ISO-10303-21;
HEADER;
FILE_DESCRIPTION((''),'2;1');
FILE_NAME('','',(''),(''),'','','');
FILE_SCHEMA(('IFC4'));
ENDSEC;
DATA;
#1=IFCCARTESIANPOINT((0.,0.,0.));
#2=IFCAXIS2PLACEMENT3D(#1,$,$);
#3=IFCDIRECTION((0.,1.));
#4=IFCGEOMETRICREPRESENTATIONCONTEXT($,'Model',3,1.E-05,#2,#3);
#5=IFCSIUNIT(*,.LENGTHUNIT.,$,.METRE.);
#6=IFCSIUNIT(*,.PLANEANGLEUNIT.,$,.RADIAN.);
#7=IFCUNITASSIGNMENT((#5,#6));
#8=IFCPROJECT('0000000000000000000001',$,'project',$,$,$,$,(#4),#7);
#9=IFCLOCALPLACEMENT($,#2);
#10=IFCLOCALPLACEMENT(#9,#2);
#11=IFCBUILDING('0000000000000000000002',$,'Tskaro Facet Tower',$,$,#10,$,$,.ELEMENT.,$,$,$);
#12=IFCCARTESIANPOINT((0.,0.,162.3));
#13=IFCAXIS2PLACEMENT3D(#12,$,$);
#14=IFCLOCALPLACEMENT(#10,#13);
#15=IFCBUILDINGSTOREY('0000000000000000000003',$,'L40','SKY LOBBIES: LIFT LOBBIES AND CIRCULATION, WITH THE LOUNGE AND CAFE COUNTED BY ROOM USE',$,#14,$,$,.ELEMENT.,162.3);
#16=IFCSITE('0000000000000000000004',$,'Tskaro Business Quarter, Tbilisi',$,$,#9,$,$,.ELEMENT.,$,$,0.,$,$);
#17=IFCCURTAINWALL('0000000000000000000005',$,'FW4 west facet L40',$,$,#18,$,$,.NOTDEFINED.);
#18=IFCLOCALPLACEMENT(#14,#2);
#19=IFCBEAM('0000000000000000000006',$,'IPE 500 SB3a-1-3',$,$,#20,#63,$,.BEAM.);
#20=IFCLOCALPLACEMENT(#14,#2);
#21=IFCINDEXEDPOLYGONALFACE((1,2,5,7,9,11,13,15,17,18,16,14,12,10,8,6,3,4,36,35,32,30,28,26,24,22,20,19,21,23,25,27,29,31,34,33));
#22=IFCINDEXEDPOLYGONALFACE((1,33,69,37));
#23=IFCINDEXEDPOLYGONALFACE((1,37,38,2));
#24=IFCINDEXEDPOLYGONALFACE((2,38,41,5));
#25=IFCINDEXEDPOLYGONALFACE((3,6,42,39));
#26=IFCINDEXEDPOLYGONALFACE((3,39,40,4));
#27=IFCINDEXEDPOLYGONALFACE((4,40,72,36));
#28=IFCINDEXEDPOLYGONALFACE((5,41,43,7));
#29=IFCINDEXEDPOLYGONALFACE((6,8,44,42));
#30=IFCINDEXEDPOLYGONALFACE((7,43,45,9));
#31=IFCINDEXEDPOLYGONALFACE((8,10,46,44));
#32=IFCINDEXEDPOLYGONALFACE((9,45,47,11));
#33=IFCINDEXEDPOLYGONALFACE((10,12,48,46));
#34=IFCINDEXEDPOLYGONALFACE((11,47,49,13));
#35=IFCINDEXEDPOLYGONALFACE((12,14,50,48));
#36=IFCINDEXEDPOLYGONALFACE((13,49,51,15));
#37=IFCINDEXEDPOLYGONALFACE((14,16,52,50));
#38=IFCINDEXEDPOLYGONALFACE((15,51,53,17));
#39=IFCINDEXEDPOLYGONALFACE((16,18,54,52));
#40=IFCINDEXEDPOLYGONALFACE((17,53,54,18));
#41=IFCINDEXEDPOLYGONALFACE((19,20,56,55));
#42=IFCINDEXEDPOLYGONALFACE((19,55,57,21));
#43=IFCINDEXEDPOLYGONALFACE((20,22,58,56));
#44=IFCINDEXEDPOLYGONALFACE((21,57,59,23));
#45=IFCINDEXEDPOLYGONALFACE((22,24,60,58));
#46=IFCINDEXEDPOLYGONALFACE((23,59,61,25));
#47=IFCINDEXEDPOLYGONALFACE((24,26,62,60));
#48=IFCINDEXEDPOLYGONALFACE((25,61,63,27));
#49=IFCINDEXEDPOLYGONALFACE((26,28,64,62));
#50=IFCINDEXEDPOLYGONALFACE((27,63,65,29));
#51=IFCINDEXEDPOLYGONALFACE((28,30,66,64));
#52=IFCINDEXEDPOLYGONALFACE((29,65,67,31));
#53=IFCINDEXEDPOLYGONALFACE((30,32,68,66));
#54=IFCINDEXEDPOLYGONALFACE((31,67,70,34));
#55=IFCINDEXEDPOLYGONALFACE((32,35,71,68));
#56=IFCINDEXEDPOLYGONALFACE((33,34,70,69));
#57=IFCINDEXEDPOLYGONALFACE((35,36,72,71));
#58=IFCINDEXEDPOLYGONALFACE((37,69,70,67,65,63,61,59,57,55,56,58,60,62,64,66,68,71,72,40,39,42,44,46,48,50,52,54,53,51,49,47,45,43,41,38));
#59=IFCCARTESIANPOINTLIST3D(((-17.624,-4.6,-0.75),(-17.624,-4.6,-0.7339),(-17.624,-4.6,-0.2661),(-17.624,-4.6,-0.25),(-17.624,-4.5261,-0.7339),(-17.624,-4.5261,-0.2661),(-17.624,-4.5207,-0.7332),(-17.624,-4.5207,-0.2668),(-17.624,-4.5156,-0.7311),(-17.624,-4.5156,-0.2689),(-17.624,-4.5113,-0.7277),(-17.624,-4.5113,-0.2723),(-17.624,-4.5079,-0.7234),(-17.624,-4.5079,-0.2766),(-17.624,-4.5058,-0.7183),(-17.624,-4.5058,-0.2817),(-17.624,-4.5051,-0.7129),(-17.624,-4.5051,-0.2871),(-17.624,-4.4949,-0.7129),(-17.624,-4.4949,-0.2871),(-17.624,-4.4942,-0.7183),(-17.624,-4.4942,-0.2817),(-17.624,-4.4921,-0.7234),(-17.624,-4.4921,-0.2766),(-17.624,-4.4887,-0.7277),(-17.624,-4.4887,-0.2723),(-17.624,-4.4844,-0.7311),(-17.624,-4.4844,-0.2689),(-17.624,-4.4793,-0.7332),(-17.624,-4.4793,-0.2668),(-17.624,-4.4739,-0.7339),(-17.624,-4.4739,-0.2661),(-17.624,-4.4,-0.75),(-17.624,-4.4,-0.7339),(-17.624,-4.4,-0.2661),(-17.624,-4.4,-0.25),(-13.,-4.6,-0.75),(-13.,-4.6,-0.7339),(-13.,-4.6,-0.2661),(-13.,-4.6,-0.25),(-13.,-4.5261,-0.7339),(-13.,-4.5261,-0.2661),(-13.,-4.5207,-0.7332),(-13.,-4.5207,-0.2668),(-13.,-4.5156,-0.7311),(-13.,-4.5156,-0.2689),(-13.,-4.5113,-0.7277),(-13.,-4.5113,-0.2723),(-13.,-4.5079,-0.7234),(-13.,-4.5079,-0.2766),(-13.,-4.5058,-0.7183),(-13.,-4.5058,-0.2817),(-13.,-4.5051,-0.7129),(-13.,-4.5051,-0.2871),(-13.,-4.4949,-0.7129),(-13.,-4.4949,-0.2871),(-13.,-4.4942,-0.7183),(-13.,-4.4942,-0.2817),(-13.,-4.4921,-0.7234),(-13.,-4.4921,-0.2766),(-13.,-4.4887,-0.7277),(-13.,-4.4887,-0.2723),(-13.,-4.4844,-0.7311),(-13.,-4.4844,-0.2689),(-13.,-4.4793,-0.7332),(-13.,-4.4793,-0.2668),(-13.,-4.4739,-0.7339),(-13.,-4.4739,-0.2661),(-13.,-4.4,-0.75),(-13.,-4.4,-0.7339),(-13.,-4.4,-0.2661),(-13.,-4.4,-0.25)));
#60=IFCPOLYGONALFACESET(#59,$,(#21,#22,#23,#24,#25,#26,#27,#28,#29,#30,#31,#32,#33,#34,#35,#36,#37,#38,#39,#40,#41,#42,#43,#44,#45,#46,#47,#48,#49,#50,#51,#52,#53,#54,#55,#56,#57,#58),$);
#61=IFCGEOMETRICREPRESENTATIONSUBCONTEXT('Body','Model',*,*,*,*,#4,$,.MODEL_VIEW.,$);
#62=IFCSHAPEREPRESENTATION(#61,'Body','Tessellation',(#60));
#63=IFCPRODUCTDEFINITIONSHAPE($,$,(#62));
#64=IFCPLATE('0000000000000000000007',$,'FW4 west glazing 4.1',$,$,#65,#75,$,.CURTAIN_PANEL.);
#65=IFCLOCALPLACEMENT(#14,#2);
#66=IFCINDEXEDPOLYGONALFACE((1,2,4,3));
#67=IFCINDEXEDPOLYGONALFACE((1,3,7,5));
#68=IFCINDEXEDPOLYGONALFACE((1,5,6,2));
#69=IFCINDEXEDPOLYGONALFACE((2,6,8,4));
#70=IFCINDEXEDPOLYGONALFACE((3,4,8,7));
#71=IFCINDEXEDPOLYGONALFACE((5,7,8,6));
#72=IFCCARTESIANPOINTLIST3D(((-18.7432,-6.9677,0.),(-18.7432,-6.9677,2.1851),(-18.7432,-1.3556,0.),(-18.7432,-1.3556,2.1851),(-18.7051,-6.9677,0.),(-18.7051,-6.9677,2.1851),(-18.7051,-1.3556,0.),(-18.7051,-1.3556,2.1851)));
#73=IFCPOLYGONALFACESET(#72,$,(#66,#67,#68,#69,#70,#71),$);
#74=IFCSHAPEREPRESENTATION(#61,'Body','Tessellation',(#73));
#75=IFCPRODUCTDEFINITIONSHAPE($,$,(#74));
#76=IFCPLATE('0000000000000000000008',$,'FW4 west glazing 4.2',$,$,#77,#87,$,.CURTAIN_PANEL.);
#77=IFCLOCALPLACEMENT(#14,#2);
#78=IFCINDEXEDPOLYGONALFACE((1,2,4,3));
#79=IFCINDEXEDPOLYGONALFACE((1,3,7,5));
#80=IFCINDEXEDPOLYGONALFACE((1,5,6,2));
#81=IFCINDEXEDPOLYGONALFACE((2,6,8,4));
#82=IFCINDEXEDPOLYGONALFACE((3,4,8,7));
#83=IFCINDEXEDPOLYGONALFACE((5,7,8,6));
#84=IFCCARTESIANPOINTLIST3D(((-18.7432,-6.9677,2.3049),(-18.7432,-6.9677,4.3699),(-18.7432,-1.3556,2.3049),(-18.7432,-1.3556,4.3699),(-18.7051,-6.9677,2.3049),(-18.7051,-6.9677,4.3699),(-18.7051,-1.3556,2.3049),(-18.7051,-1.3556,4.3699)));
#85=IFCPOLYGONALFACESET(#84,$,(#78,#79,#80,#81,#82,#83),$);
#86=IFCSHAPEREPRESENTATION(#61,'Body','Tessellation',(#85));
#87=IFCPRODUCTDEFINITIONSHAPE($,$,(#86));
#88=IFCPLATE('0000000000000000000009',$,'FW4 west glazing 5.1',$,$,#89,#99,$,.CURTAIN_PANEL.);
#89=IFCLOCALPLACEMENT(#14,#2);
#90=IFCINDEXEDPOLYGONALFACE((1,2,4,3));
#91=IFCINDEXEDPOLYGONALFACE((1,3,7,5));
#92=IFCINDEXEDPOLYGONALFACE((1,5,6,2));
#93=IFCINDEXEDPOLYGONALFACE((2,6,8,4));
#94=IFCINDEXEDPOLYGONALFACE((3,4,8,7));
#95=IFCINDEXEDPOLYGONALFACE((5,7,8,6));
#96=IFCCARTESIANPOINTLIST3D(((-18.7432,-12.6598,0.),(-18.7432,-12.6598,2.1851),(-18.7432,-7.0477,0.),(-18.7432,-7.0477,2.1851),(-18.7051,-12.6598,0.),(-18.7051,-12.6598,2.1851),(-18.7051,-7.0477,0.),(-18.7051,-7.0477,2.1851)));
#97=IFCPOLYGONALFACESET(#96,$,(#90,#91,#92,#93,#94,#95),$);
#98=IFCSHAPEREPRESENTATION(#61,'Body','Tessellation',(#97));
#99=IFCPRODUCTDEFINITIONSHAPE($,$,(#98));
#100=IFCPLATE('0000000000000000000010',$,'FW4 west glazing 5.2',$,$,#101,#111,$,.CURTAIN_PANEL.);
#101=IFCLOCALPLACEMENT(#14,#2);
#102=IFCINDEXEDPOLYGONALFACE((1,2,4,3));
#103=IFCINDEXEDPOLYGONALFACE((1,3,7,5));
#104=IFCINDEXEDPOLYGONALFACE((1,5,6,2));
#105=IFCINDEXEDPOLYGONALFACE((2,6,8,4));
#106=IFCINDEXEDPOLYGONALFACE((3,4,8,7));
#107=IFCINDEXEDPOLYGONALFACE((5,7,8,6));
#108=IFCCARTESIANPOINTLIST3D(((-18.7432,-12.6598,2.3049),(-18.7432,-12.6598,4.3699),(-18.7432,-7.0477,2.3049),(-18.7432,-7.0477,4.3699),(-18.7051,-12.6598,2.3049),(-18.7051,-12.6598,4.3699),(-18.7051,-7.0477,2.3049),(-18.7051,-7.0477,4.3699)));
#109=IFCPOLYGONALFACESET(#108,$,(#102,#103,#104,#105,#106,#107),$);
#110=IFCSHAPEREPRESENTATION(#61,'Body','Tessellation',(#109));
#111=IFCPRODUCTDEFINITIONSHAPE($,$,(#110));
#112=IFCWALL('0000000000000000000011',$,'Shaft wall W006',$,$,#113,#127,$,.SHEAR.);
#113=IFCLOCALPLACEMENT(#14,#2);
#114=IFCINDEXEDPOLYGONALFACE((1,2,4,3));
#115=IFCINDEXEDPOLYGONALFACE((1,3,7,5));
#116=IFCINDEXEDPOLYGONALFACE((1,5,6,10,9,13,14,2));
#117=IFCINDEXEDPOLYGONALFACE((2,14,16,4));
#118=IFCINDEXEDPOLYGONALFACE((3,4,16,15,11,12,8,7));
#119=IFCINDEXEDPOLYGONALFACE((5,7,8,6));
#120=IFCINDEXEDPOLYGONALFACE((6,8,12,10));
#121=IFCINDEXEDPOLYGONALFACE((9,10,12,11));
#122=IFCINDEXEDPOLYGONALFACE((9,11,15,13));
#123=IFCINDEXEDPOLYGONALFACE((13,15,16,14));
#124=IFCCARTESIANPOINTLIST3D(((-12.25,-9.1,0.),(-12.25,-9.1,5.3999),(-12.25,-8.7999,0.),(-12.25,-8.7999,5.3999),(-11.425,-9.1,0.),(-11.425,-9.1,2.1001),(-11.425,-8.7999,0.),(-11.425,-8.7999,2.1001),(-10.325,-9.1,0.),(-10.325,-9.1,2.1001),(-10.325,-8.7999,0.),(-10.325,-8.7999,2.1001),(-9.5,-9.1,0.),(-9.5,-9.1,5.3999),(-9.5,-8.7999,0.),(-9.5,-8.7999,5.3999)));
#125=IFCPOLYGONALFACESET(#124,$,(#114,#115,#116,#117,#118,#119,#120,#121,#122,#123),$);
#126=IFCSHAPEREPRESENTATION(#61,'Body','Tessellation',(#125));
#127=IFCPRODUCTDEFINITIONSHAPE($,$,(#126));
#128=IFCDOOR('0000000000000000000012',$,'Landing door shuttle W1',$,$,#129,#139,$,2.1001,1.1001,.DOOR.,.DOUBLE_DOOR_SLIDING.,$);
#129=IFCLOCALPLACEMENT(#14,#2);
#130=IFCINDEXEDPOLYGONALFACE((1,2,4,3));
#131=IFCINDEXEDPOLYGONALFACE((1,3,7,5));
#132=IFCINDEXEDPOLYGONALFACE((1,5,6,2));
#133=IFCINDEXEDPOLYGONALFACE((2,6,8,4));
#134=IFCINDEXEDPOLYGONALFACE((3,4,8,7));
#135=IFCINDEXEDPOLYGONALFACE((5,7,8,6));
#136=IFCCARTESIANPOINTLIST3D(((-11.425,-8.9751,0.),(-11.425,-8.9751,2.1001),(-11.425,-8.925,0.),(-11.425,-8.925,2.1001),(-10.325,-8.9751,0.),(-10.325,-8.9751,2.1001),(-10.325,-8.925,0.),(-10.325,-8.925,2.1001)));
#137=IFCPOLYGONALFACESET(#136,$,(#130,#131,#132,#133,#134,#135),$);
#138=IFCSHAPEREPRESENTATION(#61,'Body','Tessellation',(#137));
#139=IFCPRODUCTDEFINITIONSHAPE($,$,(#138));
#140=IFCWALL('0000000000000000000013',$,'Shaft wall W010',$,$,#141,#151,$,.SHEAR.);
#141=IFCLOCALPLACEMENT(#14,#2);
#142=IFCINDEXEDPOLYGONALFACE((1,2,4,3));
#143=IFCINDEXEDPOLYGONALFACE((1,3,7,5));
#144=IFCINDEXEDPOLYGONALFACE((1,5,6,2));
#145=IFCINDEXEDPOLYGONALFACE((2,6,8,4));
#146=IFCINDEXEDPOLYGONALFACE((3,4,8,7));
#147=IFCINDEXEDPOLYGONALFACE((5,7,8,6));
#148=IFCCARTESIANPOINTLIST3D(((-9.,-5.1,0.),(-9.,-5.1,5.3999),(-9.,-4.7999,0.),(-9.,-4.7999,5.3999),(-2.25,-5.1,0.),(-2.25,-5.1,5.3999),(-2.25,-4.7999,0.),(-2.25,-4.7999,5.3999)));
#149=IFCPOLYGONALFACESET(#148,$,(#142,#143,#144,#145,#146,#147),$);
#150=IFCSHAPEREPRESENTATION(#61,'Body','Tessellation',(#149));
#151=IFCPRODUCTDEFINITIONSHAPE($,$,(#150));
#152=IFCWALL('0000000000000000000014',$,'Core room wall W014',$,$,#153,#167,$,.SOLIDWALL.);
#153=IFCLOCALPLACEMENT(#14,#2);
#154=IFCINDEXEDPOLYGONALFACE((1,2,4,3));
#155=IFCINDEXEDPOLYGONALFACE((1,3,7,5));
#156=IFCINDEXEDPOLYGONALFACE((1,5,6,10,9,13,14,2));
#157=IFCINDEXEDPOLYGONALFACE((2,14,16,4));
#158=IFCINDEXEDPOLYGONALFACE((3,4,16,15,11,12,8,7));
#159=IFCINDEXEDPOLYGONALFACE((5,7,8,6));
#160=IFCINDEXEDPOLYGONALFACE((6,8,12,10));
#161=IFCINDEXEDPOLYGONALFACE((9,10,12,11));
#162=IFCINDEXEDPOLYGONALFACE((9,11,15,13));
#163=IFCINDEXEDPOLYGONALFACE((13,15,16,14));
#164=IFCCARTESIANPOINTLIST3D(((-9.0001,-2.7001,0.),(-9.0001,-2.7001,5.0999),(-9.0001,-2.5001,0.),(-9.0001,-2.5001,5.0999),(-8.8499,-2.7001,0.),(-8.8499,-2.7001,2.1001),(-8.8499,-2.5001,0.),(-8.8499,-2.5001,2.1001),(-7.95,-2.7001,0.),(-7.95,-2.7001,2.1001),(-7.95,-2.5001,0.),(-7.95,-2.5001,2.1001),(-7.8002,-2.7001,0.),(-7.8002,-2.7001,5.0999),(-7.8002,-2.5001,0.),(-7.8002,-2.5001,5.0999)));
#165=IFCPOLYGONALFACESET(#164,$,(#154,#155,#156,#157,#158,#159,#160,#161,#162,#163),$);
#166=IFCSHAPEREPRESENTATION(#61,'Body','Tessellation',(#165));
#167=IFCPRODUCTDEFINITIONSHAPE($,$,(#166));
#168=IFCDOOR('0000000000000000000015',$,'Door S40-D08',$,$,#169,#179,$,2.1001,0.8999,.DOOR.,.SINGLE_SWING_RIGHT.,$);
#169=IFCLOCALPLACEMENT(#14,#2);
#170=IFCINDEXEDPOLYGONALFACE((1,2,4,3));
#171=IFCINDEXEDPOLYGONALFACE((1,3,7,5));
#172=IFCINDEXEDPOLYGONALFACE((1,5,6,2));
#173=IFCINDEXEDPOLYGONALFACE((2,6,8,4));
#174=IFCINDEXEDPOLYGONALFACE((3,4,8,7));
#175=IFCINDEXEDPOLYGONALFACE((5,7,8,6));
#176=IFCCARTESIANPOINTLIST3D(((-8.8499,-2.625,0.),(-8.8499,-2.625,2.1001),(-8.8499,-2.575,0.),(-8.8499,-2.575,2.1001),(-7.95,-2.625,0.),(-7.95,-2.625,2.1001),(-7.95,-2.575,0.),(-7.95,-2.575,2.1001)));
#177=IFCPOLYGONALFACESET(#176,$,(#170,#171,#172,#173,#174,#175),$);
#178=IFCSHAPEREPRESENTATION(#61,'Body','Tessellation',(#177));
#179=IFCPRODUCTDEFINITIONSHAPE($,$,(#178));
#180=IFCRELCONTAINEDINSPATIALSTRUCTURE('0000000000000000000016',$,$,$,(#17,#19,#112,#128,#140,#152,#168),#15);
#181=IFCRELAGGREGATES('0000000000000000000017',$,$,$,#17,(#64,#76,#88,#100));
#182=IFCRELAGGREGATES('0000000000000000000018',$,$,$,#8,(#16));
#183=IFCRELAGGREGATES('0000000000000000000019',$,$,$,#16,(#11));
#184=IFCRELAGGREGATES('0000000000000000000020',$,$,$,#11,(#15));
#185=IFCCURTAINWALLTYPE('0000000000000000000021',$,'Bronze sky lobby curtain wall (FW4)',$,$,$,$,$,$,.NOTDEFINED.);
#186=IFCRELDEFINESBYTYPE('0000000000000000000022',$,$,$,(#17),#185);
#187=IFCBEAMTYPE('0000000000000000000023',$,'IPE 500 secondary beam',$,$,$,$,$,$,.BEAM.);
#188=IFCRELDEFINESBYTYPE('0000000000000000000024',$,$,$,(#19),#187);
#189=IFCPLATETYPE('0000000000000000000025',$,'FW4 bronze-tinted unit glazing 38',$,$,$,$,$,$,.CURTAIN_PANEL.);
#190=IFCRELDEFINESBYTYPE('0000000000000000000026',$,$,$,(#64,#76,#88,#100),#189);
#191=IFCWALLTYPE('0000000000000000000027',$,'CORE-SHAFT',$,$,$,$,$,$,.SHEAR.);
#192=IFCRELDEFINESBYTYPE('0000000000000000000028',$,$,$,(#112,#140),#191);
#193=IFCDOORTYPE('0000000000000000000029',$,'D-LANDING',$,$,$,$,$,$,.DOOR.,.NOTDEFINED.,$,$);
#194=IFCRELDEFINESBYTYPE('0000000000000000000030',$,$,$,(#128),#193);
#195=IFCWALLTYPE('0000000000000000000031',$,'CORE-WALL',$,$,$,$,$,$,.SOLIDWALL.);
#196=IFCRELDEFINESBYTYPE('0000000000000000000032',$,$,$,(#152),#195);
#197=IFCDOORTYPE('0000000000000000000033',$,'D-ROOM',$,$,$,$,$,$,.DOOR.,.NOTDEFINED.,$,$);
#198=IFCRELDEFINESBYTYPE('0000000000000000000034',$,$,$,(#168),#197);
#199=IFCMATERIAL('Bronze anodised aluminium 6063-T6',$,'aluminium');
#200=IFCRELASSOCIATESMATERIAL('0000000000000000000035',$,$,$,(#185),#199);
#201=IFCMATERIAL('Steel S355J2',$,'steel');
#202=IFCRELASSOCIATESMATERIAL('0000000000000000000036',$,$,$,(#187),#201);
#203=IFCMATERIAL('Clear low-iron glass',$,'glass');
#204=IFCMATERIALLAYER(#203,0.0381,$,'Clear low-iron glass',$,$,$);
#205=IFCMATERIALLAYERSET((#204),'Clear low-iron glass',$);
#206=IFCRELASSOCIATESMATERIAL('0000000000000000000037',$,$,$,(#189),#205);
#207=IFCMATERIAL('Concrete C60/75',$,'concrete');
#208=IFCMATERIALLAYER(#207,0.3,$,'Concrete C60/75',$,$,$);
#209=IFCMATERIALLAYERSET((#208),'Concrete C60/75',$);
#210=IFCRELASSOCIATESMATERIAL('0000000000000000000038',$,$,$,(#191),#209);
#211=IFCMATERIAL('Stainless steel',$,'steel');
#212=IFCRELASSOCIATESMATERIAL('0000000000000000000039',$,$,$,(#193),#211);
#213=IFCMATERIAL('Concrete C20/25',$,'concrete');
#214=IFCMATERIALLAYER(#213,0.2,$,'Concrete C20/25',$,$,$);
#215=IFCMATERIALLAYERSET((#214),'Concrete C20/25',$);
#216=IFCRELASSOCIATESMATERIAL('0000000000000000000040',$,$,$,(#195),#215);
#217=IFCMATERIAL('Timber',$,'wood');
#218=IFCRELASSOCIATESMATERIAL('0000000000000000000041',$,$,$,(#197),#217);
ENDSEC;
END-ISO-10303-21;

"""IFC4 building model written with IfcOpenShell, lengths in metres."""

from ifc_helpers import new_model, si_unit, direction, frame, frame_2d, origin, origin_2d, place, context, subcontext, project, spatial, rectangle, i_section, extrude, material, layer, layer_set, material_profile, profile_set, type_object, element, fill, aggregate, save


model = new_model("IFC4")

# Units and contexts
model_context = context("Model", 3, precision=1e-05, world=origin(), true_north=direction((0.0, 1.0)))
body_context = subcontext(model_context, "Body", "Model", "MODEL_VIEW")
ifc_project = project(units=[si_unit("LENGTHUNIT", "METRE"), si_unit("PLANEANGLEUNIT", "RADIAN")], contexts=[model_context])

# Site, building, storey
site_placement = place(None, origin())
site = spatial("IfcSite", under=ifc_project, at=site_placement, Name="Tskaro Business Quarter, Tbilisi", CompositionType="ELEMENT", RefElevation=0.0)
building_placement = place(site_placement, origin())
building = spatial("IfcBuilding", under=site, at=building_placement, Name="Tskaro Facet Tower", CompositionType="ELEMENT")
storey_placement = place(building_placement, frame((0.0, 0.0, 162.3)))
storey = spatial("IfcBuildingStorey", under=building, at=storey_placement, Name="L40", Description="SKY LOBBIES: LIFT LOBBIES AND CIRCULATION, WITH THE LOUNGE AND CAFE COUNTED BY ROOM USE", CompositionType="ELEMENT", Elevation=162.3)

# Curtain wall
ifc_material_1 = material(Name="Bronze anodised aluminium 6063-T6", Category="aluminium")
curtain_wall_type = type_object("IfcCurtainWallType", Name="Bronze sky lobby curtain wall (FW4)", PredefinedType="NOTDEFINED", material=ifc_material_1)
curtain_wall_placement = place(storey_placement, origin())
curtain_wall = element("IfcCurtainWall", 1, at=curtain_wall_placement, inside=storey, type_object=curtain_wall_type, Name="FW4 west facet L40", PredefinedType="NOTDEFINED")

# Beam
ifc_material_2 = material(Name="Steel S355J2", Category="steel")
ifc_material_profile_1 = material_profile(ifc_material_2, i_section(OverallWidth=0.2, OverallDepth=0.5, WebThickness=0.0103, FlangeThickness=0.0161, FilletRadius=0.021, at=origin_2d()), Name="IPE 500")
ifc_profile_set_1 = profile_set([ifc_material_profile_1], Name="Steel S355J2")
beam_type_1 = type_object("IfcBeamType", Name="IPE 500 secondary beam", PredefinedType="BEAM", material=ifc_profile_set_1)
beam_1_placement = place(storey_placement, frame((-17.624, -4.5, -0.5), z_axis=(1.0, 0.0, 0.0), x_axis=(0.0, 1.0, 0.0)))
element("IfcBeam", 2, at=beam_1_placement, inside=storey, type_object=beam_type_1, Name="IPE 500 SB3a-1-3", PredefinedType="BEAM", context=body_context, shape_type="SweptSolid", body=[
    extrude(i_section(OverallWidth=0.2, OverallDepth=0.5, WebThickness=0.0103, FlangeThickness=0.0161, FilletRadius=0.021, at=origin_2d()), origin(), (0.0, 0.0, 1.0), 4.624),
])

# Plates
ifc_material_3 = material(Name="Clear low-iron glass", Category="glass")
ifc_layer_1 = layer(ifc_material_3, 0.0381, Name="Clear low-iron glass")
ifc_layer_set_1 = layer_set([ifc_layer_1], Name="Clear low-iron glass")
plate_type = type_object("IfcPlateType", Name="FW4 bronze-tinted unit glazing 38", PredefinedType="CURTAIN_PANEL", material=ifc_layer_set_1)
plate_1_placement = place(storey_placement, frame((-18.7241, -4.1616, 0.0), z_axis=(0.0, 0.0, 1.0), x_axis=(0.0, -1.0, 0.0)))
plate_1 = element("IfcPlate", 3, at=plate_1_placement, type_object=plate_type, Name="FW4 west glazing 4.1", PredefinedType="CURTAIN_PANEL", context=body_context, shape_type="SweptSolid", body=[
    extrude(rectangle(XDim=5.6121, YDim=0.0381, at=origin_2d()), origin(), (0.0, 0.0, 1.0), 2.1851),
])
plate_2_placement = place(storey_placement, frame((-18.7241, -4.1616, 2.3049), z_axis=(0.0, 0.0, 1.0), x_axis=(0.0, -1.0, 0.0)))
plate_2 = element("IfcPlate", 4, at=plate_2_placement, type_object=plate_type, Name="FW4 west glazing 4.2", PredefinedType="CURTAIN_PANEL", context=body_context, shape_type="SweptSolid", body=[
    extrude(rectangle(XDim=5.6121, YDim=0.0381, at=origin_2d()), origin(), (0.0, 0.0, 1.0), 2.0649),
])
plate_3_placement = place(storey_placement, frame((-18.7241, -9.8538, 0.0), z_axis=(0.0, 0.0, 1.0), x_axis=(0.0, -1.0, 0.0)))
plate_3 = element("IfcPlate", 5, at=plate_3_placement, type_object=plate_type, Name="FW4 west glazing 5.1", PredefinedType="CURTAIN_PANEL", context=body_context, shape_type="SweptSolid", body=[
    extrude(rectangle(XDim=5.6121, YDim=0.0381, at=origin_2d()), origin(), (0.0, 0.0, 1.0), 2.1851),
])
plate_4_placement = place(storey_placement, frame((-18.7241, -9.8538, 2.3049), z_axis=(0.0, 0.0, 1.0), x_axis=(0.0, -1.0, 0.0)))
plate_4 = element("IfcPlate", 6, at=plate_4_placement, type_object=plate_type, Name="FW4 west glazing 5.2", PredefinedType="CURTAIN_PANEL", context=body_context, shape_type="SweptSolid", body=[
    extrude(rectangle(XDim=5.6121, YDim=0.0381, at=origin_2d()), origin(), (0.0, 0.0, 1.0), 2.0649),
])
aggregate(curtain_wall, [plate_1, plate_2, plate_3, plate_4])

# Wall, opening, door
ifc_material_4 = material(Name="Concrete C60/75", Category="concrete")
ifc_layer_2 = layer(ifc_material_4, 0.3, Name="Concrete C60/75")
ifc_layer_set_2 = layer_set([ifc_layer_2], Name="Concrete C60/75")
wall_type_1 = type_object("IfcWallType", Name="CORE-SHAFT", PredefinedType="SHEAR", material=ifc_layer_set_2)
wall_1_placement = place(storey_placement, frame((-12.25, -8.95, 0.0), z_axis=(0.0, 0.0, 1.0), x_axis=(1.0, 0.0, 0.0)))
wall_1 = element("IfcWall", 7, at=wall_1_placement, inside=storey, type_object=wall_type_1, Name="Shaft wall W006", PredefinedType="SHEAR", context=body_context, shape_type="SweptSolid", body=[
    extrude(rectangle(XDim=2.75, YDim=0.3, at=frame_2d((1.375, 0.0))), origin(), (0.0, 0.0, 1.0), 5.3999),
])
opening_1_placement = place(wall_1_placement, frame((0.825, 0.0, 0.0)))
opening_1 = element("IfcOpeningElement", 8, at=opening_1_placement, cuts=wall_1, PredefinedType="OPENING", context=body_context, shape_type="SweptSolid", body=[
    extrude(rectangle(XDim=1.1001, YDim=2.1001, at=frame_2d((0.55, 1.05))), frame((0.0, 0.1599, 0.0), z_axis=(0.0, -1.0, 0.0), x_axis=(1.0, 0.0, 0.0)), (0.0, 0.0, 1.0), 0.3201),
])
ifc_material_5 = material(Name="Stainless steel", Category="steel")
door_type_1 = type_object("IfcDoorType", Name="D-LANDING", OperationType="NOTDEFINED", PredefinedType="DOOR", material=ifc_material_5)
door_1_placement = place(opening_1_placement, origin())
door_1 = element("IfcDoor", 9, at=door_1_placement, inside=storey, type_object=door_type_1, Name="Landing door shuttle W1", OperationType="DOUBLE_DOOR_SLIDING", OverallHeight=2.1001, OverallWidth=1.1001, PredefinedType="DOOR", context=body_context, shape_type="SweptSolid", body=[
    extrude(rectangle(XDim=1.1001, YDim=2.1001, at=frame_2d((0.55, 1.05))), frame((0.0, 0.0249, 0.0), z_axis=(0.0, -1.0, 0.0), x_axis=(1.0, 0.0, 0.0)), (0.0, 0.0, 1.0), 0.05),
])
fill(opening_1, door_1)

# Wall
wall_2_placement = place(storey_placement, frame((-9.0, -4.95, 0.0), z_axis=(0.0, 0.0, 1.0), x_axis=(1.0, 0.0, 0.0)))
element("IfcWall", 10, at=wall_2_placement, inside=storey, type_object=wall_type_1, Name="Shaft wall W010", PredefinedType="SHEAR", context=body_context, shape_type="SweptSolid", body=[
    extrude(rectangle(XDim=6.75, YDim=0.3, at=frame_2d((3.375, 0.0))), origin(), (0.0, 0.0, 1.0), 5.3999),
])

# Wall, opening, door
ifc_material_6 = material(Name="Concrete C20/25", Category="concrete")
ifc_layer_3 = layer(ifc_material_6, 0.2, Name="Concrete C20/25")
ifc_layer_set_3 = layer_set([ifc_layer_3], Name="Concrete C20/25")
wall_type_2 = type_object("IfcWallType", Name="CORE-WALL", PredefinedType="SOLIDWALL", material=ifc_layer_set_3)
wall_3_placement = place(storey_placement, frame((-7.8, -2.6001, 0.0), z_axis=(0.0, 0.0, 1.0), x_axis=(-1.0, 0.0, 0.0)))
wall_3 = element("IfcWall", 11, at=wall_3_placement, inside=storey, type_object=wall_type_2, Name="Core room wall W014", PredefinedType="SOLIDWALL", context=body_context, shape_type="SweptSolid", body=[
    extrude(rectangle(XDim=1.2, YDim=0.2, at=frame_2d((0.6001, 0.0))), origin(), (0.0, 0.0, 1.0), 5.0999),
])
opening_2_placement = place(wall_3_placement, frame((0.1499, 0.0, 0.0)))
opening_2 = element("IfcOpeningElement", 12, at=opening_2_placement, cuts=wall_3, PredefinedType="OPENING", context=body_context, shape_type="SweptSolid", body=[
    extrude(rectangle(XDim=0.8999, YDim=2.1001, at=frame_2d((0.45, 1.05))), frame((0.0, 0.1099, 0.0), z_axis=(0.0, -1.0, 0.0), x_axis=(1.0, 0.0, 0.0)), (0.0, 0.0, 1.0), 0.22),
])
ifc_material_7 = material(Name="Timber", Category="wood")
door_type_2 = type_object("IfcDoorType", Name="D-ROOM", OperationType="NOTDEFINED", PredefinedType="DOOR", material=ifc_material_7)
door_2_placement = place(opening_2_placement, origin())
door_2 = element("IfcDoor", 13, at=door_2_placement, inside=storey, type_object=door_type_2, Name="Door S40-D08", OperationType="SINGLE_SWING_RIGHT", OverallHeight=2.1001, OverallWidth=0.8999, PredefinedType="DOOR", context=body_context, shape_type="SweptSolid", body=[
    extrude(rectangle(XDim=0.8999, YDim=2.1001, at=frame_2d((0.45, 1.05))), frame((0.0, 0.0249, 0.0), z_axis=(0.0, -1.0, 0.0), x_axis=(1.0, 0.0, 0.0)), (0.0, 0.0, 1.0), 0.05),
])
fill(opening_2, door_2)

save(model, "model.ifc")
